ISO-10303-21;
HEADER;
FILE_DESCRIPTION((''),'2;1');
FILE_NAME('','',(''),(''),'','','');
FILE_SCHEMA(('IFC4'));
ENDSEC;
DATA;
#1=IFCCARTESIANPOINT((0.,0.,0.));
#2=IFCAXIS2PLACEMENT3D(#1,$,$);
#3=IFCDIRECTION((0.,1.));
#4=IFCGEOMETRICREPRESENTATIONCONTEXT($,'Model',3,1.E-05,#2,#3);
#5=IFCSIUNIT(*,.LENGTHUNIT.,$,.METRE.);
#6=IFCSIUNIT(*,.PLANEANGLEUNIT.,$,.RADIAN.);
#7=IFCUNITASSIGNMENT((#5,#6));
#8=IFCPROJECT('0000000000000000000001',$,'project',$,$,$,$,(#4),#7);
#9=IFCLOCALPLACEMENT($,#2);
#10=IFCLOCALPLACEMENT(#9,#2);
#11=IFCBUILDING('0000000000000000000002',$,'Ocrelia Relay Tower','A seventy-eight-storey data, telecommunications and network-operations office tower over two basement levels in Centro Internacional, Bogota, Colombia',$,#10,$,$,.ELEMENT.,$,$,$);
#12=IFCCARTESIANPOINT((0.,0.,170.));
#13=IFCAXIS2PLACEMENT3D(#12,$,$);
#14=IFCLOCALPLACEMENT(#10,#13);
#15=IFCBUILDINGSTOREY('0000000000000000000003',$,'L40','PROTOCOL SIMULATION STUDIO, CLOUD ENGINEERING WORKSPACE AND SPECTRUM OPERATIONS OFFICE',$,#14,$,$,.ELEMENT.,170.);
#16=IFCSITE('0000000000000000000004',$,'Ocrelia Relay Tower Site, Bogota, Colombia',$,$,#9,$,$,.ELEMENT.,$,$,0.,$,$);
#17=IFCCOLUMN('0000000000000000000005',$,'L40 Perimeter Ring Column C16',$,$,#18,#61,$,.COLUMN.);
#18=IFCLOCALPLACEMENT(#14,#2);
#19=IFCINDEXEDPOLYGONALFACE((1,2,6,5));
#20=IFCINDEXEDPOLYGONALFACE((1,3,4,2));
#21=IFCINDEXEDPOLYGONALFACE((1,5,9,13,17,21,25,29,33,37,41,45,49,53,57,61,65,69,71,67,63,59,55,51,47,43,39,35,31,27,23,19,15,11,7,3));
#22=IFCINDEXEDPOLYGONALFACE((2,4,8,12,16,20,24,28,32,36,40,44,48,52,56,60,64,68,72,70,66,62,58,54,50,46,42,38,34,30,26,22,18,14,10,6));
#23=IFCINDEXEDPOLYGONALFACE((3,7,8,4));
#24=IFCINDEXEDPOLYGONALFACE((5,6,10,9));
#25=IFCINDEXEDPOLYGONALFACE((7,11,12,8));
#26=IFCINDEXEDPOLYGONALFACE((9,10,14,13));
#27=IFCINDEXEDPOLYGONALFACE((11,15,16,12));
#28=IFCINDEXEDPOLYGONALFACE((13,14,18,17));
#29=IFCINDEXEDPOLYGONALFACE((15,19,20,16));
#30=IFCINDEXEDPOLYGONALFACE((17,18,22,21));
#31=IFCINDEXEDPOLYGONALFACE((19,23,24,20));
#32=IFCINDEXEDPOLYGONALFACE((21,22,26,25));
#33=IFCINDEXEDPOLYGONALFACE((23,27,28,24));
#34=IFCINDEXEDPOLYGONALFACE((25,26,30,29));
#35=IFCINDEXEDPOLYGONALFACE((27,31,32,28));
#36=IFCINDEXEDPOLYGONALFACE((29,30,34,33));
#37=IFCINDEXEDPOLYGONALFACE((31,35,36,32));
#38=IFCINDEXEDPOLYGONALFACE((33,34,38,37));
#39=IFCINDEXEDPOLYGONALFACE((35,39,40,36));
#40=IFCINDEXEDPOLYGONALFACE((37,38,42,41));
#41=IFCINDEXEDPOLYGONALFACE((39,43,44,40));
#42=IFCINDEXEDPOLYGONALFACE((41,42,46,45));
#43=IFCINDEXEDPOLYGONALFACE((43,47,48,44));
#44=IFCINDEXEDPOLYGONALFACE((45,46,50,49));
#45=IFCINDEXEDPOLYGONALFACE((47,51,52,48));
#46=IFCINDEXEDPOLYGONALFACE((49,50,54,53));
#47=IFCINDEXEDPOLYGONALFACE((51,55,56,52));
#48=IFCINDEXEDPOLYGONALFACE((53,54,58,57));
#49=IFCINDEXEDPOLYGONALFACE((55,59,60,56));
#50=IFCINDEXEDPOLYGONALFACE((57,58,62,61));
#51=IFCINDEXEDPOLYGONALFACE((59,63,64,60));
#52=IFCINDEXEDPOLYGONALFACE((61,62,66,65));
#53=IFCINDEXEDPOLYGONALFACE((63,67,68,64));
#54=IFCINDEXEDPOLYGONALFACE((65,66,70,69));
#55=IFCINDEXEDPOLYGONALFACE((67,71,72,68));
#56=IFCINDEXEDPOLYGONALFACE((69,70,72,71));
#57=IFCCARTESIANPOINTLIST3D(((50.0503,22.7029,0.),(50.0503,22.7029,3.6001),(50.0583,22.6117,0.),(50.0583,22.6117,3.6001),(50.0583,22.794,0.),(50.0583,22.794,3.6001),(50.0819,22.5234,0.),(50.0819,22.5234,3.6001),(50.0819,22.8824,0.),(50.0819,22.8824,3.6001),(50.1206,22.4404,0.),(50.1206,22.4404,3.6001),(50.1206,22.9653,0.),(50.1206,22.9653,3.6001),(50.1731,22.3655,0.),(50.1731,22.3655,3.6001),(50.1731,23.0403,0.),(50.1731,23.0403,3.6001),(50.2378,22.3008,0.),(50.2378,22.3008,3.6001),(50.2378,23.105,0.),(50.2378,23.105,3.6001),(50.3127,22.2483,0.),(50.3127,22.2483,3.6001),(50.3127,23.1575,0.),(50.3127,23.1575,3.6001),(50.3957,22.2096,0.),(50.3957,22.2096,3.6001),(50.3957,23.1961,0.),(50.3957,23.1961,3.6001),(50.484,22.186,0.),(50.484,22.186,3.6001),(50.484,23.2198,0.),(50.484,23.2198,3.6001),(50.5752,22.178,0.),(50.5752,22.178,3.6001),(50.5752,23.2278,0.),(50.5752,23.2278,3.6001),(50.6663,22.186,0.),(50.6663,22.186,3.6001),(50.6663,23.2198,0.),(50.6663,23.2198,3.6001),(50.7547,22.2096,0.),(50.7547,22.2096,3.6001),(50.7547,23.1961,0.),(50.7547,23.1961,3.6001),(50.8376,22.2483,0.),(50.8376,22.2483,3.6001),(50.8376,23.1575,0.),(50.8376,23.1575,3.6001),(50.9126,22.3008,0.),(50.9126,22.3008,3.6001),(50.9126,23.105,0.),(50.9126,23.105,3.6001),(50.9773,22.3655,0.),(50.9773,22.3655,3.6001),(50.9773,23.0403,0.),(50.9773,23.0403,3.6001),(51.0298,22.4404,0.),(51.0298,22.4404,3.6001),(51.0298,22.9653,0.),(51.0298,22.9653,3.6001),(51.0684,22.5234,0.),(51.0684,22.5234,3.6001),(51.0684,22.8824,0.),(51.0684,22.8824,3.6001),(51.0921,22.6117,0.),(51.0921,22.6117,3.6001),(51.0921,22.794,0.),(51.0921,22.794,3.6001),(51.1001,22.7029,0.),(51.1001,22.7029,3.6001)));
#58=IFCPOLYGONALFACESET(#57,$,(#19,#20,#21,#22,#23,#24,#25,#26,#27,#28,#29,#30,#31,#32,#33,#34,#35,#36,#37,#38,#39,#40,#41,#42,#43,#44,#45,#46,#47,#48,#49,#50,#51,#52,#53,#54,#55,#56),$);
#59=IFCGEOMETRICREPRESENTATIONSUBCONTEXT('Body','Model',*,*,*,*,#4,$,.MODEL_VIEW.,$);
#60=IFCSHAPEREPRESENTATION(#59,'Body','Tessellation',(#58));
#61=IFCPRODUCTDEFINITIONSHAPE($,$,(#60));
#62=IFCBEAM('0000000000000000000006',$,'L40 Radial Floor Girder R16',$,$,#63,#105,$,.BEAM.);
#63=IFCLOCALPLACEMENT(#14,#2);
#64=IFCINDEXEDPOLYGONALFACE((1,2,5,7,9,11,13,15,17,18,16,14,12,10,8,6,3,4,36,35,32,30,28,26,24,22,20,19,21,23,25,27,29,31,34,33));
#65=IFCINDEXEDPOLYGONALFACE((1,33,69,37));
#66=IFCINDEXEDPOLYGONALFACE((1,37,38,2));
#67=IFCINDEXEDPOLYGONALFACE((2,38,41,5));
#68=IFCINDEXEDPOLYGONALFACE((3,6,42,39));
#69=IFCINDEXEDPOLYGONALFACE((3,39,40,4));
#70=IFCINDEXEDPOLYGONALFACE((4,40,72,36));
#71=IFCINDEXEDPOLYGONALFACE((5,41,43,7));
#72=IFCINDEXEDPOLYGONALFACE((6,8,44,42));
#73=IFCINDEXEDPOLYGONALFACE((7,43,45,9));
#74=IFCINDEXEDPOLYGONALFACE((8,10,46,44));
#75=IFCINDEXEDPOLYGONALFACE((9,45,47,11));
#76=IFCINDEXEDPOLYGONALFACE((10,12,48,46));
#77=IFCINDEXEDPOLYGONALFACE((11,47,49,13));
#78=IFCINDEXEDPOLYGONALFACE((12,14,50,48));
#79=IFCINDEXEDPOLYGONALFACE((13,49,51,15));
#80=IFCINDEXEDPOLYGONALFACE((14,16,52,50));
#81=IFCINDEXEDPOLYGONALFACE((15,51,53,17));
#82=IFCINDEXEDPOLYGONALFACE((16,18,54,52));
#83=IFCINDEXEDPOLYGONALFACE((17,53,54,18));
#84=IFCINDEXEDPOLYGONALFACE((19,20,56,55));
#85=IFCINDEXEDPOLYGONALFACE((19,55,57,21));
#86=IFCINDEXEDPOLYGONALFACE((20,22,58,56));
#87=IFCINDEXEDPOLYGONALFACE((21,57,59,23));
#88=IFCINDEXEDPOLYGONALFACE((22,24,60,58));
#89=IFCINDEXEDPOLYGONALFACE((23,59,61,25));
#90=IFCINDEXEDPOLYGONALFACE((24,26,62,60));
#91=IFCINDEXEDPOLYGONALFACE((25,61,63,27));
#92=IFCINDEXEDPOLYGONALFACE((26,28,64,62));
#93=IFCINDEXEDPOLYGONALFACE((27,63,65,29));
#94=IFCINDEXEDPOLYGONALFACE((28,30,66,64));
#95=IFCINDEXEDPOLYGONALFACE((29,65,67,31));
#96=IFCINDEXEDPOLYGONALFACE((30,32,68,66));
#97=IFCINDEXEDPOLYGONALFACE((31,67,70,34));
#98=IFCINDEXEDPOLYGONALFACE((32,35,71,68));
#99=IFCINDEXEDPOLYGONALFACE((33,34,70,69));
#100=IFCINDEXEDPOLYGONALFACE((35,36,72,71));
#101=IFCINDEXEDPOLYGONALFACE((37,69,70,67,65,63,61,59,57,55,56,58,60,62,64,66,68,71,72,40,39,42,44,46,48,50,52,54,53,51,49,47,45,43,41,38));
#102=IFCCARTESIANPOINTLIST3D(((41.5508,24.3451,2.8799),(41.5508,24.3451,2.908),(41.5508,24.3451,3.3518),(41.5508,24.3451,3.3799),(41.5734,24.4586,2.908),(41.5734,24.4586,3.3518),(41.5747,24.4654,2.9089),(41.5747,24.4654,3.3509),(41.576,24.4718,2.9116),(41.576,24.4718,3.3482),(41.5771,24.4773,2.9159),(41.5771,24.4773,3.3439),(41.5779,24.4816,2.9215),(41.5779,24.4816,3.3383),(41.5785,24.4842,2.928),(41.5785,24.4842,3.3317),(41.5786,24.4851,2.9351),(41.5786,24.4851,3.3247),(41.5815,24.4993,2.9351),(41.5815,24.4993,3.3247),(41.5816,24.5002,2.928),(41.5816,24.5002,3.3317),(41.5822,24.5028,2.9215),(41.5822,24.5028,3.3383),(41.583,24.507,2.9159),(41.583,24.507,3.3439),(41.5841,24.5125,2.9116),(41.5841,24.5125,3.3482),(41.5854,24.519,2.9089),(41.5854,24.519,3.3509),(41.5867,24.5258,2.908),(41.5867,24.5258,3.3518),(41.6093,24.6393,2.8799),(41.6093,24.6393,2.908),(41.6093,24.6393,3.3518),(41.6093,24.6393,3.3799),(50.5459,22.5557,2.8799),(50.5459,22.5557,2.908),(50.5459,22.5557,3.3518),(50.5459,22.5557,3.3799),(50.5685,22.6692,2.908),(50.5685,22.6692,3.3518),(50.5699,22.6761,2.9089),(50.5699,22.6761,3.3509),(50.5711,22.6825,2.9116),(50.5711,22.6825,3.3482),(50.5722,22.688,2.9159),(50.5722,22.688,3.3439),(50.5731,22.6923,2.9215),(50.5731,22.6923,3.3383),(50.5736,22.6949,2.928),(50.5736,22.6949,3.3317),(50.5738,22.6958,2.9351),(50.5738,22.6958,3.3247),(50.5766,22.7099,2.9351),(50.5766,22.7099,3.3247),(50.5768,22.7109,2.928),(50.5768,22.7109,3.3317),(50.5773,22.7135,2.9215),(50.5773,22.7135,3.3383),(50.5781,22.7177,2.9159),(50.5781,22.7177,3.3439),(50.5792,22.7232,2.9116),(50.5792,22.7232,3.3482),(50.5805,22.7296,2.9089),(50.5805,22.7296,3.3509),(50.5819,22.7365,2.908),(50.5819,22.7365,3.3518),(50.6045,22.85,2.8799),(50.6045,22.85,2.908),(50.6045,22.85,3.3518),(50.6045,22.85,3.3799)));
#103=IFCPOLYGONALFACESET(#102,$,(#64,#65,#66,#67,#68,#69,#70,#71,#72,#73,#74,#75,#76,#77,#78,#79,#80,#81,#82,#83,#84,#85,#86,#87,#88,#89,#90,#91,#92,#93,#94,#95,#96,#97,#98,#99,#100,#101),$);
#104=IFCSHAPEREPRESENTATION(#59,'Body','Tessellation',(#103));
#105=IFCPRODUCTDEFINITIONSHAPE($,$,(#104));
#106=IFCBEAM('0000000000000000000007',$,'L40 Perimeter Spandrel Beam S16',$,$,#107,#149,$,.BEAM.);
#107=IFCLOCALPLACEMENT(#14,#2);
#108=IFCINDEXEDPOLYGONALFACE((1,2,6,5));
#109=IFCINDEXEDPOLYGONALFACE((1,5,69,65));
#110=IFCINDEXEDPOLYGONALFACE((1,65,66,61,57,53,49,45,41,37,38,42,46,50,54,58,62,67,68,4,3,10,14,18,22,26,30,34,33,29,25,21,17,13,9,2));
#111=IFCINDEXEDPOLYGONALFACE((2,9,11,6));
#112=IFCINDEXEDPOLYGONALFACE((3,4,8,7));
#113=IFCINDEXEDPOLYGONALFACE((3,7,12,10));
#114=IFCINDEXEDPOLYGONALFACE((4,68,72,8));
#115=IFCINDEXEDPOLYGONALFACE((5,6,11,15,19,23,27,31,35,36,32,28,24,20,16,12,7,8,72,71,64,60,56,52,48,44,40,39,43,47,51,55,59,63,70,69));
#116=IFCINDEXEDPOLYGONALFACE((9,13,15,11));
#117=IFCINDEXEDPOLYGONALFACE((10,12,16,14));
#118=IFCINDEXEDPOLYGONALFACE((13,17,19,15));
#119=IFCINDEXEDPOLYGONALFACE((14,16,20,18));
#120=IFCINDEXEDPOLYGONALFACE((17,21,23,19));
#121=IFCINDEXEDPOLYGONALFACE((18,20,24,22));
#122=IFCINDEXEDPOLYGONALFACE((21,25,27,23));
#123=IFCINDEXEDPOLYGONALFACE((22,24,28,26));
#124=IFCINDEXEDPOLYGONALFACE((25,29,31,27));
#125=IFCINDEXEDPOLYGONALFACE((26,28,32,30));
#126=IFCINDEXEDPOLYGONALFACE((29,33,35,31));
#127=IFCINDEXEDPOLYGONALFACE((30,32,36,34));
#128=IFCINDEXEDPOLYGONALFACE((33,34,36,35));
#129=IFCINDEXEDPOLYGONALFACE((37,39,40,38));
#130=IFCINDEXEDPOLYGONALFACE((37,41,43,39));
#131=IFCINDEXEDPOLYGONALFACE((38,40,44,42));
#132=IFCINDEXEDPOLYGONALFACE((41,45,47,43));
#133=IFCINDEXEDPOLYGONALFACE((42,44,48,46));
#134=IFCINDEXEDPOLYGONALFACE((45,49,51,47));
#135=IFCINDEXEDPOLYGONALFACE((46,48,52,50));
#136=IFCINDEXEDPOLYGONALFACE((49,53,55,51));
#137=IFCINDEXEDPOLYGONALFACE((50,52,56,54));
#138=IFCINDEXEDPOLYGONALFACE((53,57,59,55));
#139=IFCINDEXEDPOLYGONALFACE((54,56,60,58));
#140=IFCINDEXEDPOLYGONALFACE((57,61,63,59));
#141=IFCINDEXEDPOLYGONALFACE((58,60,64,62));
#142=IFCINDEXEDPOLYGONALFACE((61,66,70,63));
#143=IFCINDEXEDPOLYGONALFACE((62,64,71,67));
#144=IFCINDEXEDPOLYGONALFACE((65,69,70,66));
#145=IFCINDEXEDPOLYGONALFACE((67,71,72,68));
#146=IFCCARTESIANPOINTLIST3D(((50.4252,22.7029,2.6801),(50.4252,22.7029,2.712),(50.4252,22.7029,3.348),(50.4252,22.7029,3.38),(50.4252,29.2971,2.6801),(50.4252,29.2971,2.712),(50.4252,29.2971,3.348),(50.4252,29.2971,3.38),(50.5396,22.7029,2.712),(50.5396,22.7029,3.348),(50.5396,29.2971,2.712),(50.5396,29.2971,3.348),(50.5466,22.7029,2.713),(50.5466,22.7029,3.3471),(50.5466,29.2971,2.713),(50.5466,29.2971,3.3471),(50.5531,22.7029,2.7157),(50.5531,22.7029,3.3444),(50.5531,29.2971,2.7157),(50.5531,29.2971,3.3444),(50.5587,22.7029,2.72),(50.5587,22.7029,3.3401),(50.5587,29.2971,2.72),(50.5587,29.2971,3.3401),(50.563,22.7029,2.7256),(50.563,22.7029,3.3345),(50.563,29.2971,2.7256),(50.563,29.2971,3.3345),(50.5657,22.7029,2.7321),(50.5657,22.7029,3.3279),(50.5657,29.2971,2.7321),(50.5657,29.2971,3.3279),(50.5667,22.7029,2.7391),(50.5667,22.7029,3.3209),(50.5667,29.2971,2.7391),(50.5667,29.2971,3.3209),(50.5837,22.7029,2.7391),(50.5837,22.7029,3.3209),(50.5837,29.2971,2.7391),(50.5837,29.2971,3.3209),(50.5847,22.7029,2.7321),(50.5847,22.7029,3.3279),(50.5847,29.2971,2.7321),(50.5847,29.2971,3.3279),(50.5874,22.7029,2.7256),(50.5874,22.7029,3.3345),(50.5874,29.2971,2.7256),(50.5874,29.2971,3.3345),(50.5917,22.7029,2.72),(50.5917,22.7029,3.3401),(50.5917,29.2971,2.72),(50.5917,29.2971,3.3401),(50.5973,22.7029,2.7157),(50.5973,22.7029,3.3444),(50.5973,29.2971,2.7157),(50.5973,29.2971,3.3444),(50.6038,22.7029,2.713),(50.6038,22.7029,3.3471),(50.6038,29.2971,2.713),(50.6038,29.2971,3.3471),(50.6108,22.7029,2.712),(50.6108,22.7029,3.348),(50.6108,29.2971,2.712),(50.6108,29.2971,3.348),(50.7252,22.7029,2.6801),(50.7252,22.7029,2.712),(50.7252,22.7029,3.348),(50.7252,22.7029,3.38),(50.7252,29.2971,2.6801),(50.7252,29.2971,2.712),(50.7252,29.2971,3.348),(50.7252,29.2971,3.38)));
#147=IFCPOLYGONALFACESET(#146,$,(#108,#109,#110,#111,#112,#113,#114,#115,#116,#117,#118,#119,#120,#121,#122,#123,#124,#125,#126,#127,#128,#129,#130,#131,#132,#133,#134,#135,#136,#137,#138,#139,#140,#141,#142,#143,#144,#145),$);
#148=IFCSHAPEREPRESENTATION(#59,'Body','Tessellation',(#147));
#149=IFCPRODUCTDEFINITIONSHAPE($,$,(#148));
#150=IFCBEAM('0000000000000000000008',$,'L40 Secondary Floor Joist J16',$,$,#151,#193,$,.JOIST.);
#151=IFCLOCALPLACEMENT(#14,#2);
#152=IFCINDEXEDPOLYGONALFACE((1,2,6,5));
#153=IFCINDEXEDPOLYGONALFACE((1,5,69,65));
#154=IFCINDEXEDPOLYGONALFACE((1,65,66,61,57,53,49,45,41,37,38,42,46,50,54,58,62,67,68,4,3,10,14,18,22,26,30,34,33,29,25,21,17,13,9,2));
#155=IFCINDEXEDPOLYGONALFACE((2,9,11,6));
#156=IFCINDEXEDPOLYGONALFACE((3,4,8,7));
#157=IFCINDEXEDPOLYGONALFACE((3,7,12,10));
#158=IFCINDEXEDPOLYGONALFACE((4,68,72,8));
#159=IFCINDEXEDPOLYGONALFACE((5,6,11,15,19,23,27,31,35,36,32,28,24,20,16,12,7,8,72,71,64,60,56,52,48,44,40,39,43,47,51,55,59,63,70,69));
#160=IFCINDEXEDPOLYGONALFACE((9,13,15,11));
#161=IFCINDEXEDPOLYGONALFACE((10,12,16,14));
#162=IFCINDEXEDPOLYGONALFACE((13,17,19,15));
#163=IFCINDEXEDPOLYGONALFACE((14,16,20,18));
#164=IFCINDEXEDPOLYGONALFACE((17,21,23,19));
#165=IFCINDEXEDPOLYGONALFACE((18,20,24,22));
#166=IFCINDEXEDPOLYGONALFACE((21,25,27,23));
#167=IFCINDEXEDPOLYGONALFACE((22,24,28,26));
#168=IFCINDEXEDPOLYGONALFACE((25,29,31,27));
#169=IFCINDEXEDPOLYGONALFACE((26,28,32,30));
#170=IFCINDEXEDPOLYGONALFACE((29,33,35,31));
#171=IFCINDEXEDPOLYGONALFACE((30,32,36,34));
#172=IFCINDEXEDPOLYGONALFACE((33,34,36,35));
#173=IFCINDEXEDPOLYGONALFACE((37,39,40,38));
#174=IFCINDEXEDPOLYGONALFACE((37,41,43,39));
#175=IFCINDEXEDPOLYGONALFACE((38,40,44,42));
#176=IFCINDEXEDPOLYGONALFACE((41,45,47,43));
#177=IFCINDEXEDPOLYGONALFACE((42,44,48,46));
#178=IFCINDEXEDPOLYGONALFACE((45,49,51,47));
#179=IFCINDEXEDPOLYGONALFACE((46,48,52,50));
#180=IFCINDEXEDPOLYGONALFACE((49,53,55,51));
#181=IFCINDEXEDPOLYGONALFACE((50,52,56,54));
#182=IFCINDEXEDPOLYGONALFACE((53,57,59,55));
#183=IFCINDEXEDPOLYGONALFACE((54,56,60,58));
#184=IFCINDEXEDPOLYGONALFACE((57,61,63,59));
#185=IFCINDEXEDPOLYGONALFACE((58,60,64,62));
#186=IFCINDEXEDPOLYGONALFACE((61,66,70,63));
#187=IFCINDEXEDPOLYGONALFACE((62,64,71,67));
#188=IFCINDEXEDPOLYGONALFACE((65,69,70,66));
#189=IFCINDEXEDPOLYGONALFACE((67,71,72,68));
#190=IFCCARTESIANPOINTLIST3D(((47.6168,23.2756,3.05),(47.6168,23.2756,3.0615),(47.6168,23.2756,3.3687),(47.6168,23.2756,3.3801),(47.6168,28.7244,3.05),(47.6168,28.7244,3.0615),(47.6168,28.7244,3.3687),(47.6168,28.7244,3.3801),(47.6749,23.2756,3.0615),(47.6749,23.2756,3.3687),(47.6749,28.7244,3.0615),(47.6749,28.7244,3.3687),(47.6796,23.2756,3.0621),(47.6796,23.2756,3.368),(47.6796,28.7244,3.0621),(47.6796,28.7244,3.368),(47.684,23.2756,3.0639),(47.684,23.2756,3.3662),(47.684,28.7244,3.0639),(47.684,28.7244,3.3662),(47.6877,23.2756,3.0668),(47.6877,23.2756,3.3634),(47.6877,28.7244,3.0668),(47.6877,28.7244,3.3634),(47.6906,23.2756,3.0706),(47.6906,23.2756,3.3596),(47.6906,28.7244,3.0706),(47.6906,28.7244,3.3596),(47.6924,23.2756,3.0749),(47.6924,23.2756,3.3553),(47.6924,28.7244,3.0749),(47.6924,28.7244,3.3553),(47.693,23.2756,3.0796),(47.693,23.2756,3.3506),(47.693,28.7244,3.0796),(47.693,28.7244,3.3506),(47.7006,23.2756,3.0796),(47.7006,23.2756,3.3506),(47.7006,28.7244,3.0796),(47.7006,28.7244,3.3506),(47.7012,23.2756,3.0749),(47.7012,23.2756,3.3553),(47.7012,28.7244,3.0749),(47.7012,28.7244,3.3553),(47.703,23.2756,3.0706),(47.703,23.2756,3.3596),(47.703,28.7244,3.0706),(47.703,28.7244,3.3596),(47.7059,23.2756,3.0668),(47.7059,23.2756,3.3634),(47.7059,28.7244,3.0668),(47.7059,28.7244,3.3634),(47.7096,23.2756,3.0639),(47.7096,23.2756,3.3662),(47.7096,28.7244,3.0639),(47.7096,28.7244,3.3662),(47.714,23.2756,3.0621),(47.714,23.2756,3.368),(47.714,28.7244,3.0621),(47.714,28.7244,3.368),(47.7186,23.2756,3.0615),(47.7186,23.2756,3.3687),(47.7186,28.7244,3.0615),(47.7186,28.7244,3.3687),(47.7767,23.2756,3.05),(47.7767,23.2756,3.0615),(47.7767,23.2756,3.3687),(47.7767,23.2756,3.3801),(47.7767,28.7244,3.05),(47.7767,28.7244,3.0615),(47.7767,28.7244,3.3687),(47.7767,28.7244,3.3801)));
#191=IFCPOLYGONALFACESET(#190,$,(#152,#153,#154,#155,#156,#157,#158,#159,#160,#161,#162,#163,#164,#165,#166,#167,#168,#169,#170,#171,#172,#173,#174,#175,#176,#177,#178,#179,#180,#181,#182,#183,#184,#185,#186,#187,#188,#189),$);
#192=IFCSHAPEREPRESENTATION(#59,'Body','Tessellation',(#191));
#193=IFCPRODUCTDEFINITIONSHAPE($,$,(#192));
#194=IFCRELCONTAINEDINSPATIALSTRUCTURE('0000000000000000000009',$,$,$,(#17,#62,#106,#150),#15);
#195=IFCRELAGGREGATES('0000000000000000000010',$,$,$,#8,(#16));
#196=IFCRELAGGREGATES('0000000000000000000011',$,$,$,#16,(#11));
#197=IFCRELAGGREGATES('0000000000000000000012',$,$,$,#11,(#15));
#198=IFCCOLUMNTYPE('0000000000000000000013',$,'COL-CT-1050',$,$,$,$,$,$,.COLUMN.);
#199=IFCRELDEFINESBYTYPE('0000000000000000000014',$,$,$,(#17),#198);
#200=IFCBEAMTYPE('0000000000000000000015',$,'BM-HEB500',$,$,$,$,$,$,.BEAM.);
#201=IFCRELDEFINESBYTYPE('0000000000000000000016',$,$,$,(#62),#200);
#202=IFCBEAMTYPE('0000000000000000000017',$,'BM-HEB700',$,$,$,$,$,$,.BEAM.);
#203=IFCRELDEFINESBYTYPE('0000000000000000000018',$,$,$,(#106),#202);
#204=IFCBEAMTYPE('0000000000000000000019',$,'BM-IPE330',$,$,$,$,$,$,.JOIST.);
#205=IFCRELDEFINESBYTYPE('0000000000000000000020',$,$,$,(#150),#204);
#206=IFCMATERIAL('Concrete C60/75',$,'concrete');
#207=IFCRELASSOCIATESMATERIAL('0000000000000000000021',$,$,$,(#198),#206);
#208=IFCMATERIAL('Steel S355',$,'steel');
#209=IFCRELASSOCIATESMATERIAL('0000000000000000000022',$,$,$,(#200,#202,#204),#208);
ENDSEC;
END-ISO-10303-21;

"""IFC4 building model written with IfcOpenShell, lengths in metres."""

from ifc_helpers import new_model, si_unit, direction, frame, origin, origin_2d, place, context, subcontext, project, spatial, circle, i_section, extrude, material, material_profile, profile_set, type_object, element, save


model = new_model("IFC4")

# Units and contexts
model_context = context("Model", 3, precision=1e-05, world=origin(), true_north=direction((0.0, 1.0)))
body_context = subcontext(model_context, "Body", "Model", "MODEL_VIEW")
ifc_project = project(units=[si_unit("LENGTHUNIT", "METRE"), si_unit("PLANEANGLEUNIT", "RADIAN")], contexts=[model_context])

# Site, building, storey
site_placement = place(None, origin())
site = spatial("IfcSite", under=ifc_project, at=site_placement, Name="Ocrelia Relay Tower Site, Bogota, Colombia", CompositionType="ELEMENT", RefElevation=0.0)
building_placement = place(site_placement, origin())
building = spatial("IfcBuilding", under=site, at=building_placement, Name="Ocrelia Relay Tower", Description="A seventy-eight-storey data, telecommunications and network-operations office tower over two basement levels in Centro Internacional, Bogota, Colombia", CompositionType="ELEMENT")
storey_placement = place(building_placement, frame((0.0, 0.0, 170.0)))
storey = spatial("IfcBuildingStorey", under=building, at=storey_placement, Name="L40", Description="PROTOCOL SIMULATION STUDIO, CLOUD ENGINEERING WORKSPACE AND SPECTRUM OPERATIONS OFFICE", CompositionType="ELEMENT", Elevation=170.0)

# Column
ifc_material_1 = material(Name="Concrete C60/75", Category="concrete")
ifc_material_profile_1 = material_profile(ifc_material_1, circle(Radius=0.5249, at=origin_2d()), Name="RC-CIR-1050")
ifc_profile_set_1 = profile_set([ifc_material_profile_1], Name="Concrete C60/75")
column_type = type_object("IfcColumnType", Name="COL-CT-1050", PredefinedType="COLUMN", material=ifc_profile_set_1)
column_placement = place(storey_placement, frame((50.5752, 22.7029, 0.0), z_axis=(0.0, 0.0, 1.0), x_axis=(1.0, 0.0, 0.0)))
element("IfcColumn", 1, at=column_placement, inside=storey, type_object=column_type, Name="L40 Perimeter Ring Column C16", PredefinedType="COLUMN", context=body_context, shape_type="SweptSolid", body=[
    extrude(circle(Radius=0.5249, at=origin_2d()), origin(), (0.0, 0.0, 1.0), 3.6001),
])

# Beams
ifc_material_2 = material(Name="Steel S355", Category="steel")
ifc_material_profile_2 = material_profile(ifc_material_2, i_section(OverallWidth=0.3, OverallDepth=0.5, WebThickness=0.0144, FlangeThickness=0.0281, FilletRadius=0.0271, at=origin_2d()), Name="HEB 500")
ifc_profile_set_2 = profile_set([ifc_material_profile_2], Name="Steel S355")
beam_type_1 = type_object("IfcBeamType", Name="BM-HEB500", PredefinedType="BEAM", material=ifc_profile_set_2)
beam_1_placement = place(storey_placement, frame((50.5752, 22.7029, 3.1299), z_axis=(-0.980784, 0.195097, 0.0), x_axis=(-0.195097, -0.980784, 0.0)))
element("IfcBeam", 2, at=beam_1_placement, inside=storey, type_object=beam_type_1, Name="L40 Radial Floor Girder R16", PredefinedType="BEAM", context=body_context, shape_type="SweptSolid", body=[
    extrude(i_section(OverallWidth=0.3, OverallDepth=0.5, WebThickness=0.0144, FlangeThickness=0.0281, FilletRadius=0.0271, at=origin_2d()), origin(), (0.0, 0.0, 1.0), 9.1714),
])
ifc_material_profile_3 = material_profile(ifc_material_2, i_section(OverallWidth=0.3, OverallDepth=0.7, WebThickness=0.0171, FlangeThickness=0.032, FilletRadius=0.0271, at=origin_2d()), Name="HEB 700")
ifc_profile_set_3 = profile_set([ifc_material_profile_3], Name="Steel S355")
beam_type_2 = type_object("IfcBeamType", Name="BM-HEB700", PredefinedType="BEAM", material=ifc_profile_set_3)
beam_2_placement = place(storey_placement, frame((50.5752, 22.7029, 3.03), z_axis=(0.0, 1.0, 0.0), x_axis=(-1.0, 0.0, 0.0)))
element("IfcBeam", 3, at=beam_2_placement, inside=storey, type_object=beam_type_2, Name="L40 Perimeter Spandrel Beam S16", PredefinedType="BEAM", context=body_context, shape_type="SweptSolid", body=[
    extrude(i_section(OverallWidth=0.3, OverallDepth=0.7, WebThickness=0.0171, FlangeThickness=0.032, FilletRadius=0.0271, at=origin_2d()), origin(), (0.0, 0.0, 1.0), 6.5942),
])
ifc_material_profile_4 = material_profile(ifc_material_2, i_section(OverallWidth=0.1599, OverallDepth=0.3301, WebThickness=0.0076, FlangeThickness=0.0115, FilletRadius=0.0181, at=origin_2d()), Name="IPE 330")
ifc_profile_set_4 = profile_set([ifc_material_profile_4], Name="Steel S355")
beam_type_3 = type_object("IfcBeamType", Name="BM-IPE330", PredefinedType="JOIST", material=ifc_profile_set_4)
beam_3_placement = place(storey_placement, frame((47.6968, 23.2756, 3.2151), z_axis=(0.0, 1.0, 0.0), x_axis=(-1.0, 0.0, 0.0)))
element("IfcBeam", 4, at=beam_3_placement, inside=storey, type_object=beam_type_3, Name="L40 Secondary Floor Joist J16", PredefinedType="JOIST", context=body_context, shape_type="SweptSolid", body=[
    extrude(i_section(OverallWidth=0.1599, OverallDepth=0.3301, WebThickness=0.0076, FlangeThickness=0.0115, FilletRadius=0.0181, at=origin_2d()), origin(), (0.0, 0.0, 1.0), 5.4487),
])

save(model, "model.ifc")
